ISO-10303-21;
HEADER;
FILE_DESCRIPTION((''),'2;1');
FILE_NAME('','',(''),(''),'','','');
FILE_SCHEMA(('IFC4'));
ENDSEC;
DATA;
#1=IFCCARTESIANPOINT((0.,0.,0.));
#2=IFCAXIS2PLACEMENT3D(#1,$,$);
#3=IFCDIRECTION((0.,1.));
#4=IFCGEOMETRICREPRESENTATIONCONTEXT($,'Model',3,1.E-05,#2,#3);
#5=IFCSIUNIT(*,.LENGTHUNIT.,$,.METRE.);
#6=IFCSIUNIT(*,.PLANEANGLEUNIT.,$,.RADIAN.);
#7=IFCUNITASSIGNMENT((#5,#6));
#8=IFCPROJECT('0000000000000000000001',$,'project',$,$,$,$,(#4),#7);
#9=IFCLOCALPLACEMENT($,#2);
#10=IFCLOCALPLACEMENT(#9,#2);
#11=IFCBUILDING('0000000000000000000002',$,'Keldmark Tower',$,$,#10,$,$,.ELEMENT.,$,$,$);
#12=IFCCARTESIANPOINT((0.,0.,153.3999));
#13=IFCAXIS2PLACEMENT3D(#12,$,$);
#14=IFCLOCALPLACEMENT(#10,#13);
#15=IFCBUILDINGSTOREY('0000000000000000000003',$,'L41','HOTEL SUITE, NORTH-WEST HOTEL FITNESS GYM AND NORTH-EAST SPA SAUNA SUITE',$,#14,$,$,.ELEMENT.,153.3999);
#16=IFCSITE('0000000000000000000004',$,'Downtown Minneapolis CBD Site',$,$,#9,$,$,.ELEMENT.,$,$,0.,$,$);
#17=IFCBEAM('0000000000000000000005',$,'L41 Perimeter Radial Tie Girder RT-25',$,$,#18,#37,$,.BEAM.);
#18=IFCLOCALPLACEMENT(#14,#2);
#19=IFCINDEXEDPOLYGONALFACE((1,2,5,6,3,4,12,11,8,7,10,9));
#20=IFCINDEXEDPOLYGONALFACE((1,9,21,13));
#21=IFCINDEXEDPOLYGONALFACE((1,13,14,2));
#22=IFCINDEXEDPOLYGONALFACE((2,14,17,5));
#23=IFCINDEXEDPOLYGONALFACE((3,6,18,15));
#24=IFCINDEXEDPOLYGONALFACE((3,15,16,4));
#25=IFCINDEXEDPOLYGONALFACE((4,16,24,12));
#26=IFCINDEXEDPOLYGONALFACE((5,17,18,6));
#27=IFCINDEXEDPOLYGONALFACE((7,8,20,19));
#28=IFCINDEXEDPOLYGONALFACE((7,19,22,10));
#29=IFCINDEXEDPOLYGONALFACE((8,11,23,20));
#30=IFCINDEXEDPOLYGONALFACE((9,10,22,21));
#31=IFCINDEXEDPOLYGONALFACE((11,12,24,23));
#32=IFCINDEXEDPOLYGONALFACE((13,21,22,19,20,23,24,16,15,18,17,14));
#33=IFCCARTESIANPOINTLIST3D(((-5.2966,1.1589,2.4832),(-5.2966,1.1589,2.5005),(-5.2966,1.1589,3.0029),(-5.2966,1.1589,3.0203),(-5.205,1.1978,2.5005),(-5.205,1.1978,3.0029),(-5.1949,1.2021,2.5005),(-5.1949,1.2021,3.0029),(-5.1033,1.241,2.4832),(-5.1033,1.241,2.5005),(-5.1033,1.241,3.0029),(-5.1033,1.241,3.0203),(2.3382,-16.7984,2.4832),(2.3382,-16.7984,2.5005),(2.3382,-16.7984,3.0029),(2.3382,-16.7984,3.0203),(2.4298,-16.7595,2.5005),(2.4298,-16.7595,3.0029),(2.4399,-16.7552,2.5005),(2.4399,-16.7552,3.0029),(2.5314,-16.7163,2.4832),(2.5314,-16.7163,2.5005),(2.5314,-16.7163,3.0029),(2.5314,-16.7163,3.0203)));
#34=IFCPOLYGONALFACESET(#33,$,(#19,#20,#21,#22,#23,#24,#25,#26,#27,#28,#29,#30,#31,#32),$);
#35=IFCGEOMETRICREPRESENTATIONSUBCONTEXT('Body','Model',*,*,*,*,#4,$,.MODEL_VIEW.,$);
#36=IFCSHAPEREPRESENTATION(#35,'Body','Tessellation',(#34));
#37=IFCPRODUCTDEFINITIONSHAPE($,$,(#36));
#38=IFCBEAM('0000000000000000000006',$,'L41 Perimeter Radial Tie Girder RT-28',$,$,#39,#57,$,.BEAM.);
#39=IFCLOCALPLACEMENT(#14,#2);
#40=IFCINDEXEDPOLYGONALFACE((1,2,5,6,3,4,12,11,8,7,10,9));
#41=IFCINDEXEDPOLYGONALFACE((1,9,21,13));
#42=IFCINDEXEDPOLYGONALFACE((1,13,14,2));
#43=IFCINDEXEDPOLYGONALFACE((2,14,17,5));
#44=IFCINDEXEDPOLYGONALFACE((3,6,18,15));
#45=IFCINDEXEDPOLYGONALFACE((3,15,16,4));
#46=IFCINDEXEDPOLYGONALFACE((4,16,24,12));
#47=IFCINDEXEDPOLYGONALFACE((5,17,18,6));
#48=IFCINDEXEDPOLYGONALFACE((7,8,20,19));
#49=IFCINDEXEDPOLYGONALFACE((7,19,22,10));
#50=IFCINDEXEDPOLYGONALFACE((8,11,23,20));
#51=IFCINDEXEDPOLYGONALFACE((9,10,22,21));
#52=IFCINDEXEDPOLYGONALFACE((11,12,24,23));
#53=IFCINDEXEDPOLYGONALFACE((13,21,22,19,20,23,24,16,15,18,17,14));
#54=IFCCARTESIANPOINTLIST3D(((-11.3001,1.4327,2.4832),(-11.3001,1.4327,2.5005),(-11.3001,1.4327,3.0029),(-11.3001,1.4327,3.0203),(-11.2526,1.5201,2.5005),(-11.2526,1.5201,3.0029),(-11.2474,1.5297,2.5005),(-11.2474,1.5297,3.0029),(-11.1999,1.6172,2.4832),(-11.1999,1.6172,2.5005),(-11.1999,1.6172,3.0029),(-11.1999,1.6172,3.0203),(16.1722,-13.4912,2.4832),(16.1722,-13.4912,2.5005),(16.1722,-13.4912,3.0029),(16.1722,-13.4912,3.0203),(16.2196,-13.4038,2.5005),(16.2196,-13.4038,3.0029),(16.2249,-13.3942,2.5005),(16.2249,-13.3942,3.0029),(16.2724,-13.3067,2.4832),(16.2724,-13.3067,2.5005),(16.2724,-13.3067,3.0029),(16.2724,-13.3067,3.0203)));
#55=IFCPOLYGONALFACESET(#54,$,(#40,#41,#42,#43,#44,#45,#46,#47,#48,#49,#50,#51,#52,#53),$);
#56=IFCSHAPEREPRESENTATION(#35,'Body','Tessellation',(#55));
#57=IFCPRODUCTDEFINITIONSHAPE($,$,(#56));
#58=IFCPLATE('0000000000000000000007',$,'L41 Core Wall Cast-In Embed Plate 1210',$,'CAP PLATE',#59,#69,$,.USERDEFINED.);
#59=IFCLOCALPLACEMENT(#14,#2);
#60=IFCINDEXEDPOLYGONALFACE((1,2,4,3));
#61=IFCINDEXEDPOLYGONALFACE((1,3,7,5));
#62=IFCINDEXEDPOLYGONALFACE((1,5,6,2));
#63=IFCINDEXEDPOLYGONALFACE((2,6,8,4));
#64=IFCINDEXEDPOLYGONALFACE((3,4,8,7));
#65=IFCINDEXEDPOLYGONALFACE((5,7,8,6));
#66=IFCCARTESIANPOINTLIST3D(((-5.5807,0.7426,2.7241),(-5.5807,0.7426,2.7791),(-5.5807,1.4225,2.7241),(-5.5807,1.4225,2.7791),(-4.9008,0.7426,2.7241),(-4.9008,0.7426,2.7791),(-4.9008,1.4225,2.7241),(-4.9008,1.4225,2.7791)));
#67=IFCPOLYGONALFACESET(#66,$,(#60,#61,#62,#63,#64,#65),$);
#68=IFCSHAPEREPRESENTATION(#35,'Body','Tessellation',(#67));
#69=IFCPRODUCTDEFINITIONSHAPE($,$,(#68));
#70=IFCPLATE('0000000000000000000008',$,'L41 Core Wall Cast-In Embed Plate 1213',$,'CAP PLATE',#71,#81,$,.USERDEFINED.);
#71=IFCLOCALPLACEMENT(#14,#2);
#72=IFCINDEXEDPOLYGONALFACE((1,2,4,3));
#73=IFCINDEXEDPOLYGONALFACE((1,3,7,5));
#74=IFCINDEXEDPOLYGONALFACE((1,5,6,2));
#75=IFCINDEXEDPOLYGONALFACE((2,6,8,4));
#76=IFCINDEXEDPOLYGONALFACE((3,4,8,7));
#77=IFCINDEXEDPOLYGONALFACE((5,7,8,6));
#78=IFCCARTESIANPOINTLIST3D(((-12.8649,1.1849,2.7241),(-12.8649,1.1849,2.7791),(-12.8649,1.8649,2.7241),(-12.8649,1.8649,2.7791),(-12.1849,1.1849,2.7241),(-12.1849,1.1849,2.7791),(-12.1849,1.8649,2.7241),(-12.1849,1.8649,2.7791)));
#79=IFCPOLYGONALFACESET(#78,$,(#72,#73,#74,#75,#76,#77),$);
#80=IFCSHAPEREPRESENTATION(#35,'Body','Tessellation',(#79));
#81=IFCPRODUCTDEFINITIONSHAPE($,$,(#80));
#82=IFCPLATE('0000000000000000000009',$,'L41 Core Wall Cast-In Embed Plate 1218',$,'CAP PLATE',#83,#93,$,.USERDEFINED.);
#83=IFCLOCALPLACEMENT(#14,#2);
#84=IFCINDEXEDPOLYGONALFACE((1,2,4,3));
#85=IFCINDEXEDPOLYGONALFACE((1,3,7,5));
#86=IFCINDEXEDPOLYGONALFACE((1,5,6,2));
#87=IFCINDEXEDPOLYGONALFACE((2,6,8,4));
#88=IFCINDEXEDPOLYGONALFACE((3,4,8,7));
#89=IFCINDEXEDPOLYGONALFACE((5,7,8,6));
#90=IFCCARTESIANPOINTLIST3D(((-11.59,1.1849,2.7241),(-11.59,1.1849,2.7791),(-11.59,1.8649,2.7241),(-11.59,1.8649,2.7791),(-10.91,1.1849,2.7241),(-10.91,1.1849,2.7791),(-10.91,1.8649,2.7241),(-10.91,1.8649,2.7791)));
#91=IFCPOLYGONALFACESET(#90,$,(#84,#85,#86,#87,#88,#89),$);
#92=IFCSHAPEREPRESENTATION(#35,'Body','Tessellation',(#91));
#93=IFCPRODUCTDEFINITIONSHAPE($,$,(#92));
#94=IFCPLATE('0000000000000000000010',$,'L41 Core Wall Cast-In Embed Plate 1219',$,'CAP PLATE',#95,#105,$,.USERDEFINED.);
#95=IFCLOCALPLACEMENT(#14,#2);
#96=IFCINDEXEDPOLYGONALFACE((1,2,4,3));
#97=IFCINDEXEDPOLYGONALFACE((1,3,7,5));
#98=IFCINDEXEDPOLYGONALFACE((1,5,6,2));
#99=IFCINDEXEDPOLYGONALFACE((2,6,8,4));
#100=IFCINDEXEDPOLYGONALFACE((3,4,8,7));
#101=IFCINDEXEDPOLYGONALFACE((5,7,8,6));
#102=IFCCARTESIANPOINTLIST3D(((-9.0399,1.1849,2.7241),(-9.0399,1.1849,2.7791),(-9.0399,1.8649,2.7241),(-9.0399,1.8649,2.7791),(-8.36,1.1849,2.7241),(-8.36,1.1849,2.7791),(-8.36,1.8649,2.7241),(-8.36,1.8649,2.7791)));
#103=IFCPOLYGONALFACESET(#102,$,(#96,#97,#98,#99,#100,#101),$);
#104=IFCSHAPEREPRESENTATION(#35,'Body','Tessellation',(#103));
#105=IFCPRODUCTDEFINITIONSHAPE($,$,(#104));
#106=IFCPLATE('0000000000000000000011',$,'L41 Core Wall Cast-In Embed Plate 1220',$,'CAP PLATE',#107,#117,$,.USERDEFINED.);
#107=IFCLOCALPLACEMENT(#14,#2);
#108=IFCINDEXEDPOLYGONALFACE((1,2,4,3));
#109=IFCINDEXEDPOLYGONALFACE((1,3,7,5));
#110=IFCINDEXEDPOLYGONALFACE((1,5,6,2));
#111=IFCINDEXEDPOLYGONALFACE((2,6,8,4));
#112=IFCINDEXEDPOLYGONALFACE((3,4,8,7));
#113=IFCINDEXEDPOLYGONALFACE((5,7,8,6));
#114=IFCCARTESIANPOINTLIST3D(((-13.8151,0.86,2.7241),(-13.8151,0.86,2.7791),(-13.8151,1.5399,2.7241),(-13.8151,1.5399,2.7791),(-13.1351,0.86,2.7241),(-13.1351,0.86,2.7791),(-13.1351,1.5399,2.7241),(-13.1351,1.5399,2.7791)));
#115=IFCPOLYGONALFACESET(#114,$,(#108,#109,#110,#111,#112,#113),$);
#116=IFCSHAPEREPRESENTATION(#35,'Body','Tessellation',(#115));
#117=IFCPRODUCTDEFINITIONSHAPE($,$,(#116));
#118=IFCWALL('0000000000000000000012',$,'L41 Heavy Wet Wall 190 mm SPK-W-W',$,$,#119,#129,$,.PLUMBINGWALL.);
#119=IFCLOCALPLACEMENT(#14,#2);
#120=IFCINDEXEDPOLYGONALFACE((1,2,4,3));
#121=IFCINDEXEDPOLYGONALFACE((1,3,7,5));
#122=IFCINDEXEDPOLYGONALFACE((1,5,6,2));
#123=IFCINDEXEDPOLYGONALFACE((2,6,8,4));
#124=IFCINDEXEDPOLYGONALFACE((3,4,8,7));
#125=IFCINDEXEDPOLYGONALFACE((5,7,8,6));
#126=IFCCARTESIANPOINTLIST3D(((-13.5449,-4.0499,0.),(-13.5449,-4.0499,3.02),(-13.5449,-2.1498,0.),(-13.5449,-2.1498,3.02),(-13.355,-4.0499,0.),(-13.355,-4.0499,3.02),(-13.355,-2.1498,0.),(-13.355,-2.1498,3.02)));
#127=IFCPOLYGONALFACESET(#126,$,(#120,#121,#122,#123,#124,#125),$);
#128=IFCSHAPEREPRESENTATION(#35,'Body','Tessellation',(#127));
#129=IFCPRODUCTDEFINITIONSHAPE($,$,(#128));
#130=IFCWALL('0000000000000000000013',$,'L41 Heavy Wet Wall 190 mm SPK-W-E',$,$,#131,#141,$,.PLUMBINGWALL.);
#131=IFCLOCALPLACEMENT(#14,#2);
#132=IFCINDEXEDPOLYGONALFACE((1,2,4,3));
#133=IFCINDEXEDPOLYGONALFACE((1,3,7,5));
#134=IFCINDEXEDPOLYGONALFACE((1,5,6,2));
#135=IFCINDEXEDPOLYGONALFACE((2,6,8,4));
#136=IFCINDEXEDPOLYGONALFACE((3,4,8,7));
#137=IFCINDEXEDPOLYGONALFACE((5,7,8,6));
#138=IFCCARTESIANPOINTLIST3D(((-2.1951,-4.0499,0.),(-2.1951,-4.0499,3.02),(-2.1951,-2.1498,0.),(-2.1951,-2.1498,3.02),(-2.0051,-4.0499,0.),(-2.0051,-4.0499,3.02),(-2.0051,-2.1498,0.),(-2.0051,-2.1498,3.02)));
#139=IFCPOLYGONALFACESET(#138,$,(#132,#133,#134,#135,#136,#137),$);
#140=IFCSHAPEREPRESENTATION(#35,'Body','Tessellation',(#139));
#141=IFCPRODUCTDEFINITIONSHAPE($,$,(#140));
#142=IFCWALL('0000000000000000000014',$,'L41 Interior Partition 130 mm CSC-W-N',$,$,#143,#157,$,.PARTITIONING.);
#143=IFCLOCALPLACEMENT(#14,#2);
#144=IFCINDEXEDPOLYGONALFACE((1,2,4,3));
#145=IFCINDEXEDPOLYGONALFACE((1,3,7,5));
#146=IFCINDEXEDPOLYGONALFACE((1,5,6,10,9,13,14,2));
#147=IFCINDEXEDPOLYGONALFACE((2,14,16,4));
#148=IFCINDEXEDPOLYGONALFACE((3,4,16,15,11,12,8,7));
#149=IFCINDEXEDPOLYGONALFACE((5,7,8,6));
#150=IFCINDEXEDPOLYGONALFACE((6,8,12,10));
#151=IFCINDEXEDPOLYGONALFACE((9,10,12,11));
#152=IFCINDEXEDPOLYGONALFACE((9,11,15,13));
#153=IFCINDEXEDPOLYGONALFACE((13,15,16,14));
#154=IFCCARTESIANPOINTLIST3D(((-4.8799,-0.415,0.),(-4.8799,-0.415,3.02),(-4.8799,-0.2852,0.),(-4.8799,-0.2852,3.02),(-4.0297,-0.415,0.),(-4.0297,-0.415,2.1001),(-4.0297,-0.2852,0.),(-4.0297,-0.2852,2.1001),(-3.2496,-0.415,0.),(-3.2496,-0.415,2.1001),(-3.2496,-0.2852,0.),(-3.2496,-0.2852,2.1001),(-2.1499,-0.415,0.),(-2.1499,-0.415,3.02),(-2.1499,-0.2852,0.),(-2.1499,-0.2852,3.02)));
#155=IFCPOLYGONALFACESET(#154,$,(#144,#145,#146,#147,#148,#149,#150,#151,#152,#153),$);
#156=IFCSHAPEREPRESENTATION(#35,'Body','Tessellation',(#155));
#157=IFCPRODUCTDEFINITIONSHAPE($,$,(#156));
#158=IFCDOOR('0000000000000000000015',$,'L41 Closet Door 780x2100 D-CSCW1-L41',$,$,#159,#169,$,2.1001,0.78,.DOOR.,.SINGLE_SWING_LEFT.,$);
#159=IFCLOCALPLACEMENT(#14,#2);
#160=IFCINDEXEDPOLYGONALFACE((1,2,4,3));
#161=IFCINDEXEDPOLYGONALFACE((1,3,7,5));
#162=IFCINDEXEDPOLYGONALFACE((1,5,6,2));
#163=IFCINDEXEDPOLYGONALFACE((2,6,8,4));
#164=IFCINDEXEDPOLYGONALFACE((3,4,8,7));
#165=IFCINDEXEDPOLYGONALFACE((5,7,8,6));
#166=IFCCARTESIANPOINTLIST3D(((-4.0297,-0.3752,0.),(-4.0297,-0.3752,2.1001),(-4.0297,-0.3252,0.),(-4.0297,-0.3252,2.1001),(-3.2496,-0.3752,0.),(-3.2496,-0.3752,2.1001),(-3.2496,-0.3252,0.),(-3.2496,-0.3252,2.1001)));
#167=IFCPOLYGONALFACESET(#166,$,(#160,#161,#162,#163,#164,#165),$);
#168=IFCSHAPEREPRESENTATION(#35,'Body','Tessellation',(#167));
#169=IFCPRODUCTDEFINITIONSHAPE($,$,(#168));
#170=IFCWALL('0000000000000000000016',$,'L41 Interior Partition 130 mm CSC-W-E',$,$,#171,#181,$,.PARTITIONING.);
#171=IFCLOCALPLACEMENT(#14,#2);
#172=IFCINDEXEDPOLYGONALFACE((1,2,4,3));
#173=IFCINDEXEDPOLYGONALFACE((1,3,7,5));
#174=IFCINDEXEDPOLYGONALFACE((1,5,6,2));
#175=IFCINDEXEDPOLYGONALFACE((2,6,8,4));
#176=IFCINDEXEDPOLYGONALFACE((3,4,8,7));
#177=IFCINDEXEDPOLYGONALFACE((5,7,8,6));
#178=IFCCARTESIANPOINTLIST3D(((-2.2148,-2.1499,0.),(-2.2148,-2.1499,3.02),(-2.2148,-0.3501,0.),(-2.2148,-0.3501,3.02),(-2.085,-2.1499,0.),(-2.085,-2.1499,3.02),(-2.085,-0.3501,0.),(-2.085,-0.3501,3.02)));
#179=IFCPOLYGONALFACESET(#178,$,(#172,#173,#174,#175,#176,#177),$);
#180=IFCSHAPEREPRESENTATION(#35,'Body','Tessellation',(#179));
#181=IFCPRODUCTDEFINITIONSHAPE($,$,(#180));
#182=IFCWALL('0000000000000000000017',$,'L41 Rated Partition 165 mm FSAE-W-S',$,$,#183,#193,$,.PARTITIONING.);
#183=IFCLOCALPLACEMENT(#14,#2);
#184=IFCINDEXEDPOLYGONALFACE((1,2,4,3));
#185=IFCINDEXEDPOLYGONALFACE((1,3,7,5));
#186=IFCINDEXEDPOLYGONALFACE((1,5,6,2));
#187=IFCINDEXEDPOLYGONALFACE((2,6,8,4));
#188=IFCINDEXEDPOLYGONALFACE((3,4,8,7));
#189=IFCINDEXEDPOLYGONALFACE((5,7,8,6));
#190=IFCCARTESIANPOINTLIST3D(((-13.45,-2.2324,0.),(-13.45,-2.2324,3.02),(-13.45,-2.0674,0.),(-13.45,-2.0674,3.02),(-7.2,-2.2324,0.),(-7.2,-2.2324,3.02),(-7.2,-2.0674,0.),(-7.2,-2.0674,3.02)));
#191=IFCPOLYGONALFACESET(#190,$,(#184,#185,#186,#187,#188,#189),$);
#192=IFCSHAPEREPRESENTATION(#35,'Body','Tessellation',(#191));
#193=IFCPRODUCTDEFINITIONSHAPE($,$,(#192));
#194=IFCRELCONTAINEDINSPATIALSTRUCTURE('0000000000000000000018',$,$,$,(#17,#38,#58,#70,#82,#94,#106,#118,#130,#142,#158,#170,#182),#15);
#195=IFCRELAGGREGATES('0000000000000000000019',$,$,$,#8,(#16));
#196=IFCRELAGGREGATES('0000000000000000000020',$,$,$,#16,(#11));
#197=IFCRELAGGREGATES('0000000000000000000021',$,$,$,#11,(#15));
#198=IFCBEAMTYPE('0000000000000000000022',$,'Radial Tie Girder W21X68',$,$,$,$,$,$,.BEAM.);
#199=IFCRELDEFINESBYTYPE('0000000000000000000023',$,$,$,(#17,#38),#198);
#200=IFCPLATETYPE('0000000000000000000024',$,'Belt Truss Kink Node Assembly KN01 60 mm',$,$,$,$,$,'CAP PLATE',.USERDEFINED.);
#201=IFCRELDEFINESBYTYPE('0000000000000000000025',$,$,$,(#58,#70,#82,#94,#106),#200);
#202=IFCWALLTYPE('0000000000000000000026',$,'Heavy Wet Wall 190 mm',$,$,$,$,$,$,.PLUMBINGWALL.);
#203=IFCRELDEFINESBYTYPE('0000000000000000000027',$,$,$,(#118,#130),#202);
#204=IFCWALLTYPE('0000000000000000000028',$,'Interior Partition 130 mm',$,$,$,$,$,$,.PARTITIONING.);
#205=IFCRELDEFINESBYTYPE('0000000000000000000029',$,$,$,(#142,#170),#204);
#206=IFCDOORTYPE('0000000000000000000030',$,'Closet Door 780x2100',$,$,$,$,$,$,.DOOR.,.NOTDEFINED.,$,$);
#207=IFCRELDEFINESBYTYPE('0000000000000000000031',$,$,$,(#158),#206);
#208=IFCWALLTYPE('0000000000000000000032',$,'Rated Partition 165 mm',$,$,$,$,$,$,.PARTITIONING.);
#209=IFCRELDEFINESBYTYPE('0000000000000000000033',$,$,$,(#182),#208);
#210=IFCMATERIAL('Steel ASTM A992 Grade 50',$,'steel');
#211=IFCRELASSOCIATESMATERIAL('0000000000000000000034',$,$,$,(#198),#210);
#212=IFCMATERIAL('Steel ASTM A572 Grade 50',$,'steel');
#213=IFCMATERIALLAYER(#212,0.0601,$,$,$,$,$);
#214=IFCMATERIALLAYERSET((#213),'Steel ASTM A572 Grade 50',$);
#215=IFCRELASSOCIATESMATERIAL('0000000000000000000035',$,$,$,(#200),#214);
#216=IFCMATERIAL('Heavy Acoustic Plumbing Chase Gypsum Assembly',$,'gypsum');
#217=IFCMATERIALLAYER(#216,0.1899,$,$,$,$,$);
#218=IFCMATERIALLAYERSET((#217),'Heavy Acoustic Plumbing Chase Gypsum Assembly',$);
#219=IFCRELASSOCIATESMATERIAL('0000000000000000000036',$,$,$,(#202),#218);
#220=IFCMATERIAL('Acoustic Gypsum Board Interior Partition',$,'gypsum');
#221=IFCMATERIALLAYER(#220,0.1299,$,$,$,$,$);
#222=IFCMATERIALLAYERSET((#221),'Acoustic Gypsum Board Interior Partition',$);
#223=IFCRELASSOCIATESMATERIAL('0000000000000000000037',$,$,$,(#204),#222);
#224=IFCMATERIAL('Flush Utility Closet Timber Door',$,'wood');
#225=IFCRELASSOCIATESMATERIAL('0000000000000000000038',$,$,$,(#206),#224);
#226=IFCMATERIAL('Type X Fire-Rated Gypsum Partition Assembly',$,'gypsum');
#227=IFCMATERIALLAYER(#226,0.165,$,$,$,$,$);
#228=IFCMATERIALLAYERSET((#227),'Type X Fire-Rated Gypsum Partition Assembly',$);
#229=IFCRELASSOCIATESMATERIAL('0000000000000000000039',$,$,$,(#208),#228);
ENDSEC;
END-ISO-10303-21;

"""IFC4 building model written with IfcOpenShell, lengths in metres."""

from ifc_helpers import new_model, si_unit, direction, frame, frame_2d, origin, origin_2d, place, context, subcontext, project, spatial, rectangle, i_section, extrude, material, layer, layer_set, material_profile, profile_set, type_object, element, fill, save


model = new_model("IFC4")

# Units and contexts
model_context = context("Model", 3, precision=1e-05, world=origin(), true_north=direction((0.0, 1.0)))
body_context = subcontext(model_context, "Body", "Model", "MODEL_VIEW")
ifc_project = project(units=[si_unit("LENGTHUNIT", "METRE"), si_unit("PLANEANGLEUNIT", "RADIAN")], contexts=[model_context])

# Site, building, storey
site_placement = place(None, origin())
site = spatial("IfcSite", under=ifc_project, at=site_placement, Name="Downtown Minneapolis CBD Site", CompositionType="ELEMENT", RefElevation=0.0)
building_placement = place(site_placement, origin())
building = spatial("IfcBuilding", under=site, at=building_placement, Name="Keldmark Tower", CompositionType="ELEMENT")
storey_placement = place(building_placement, frame((0.0, 0.0, 153.3999)))
storey = spatial("IfcBuildingStorey", under=building, at=storey_placement, Name="L41", Description="HOTEL SUITE, NORTH-WEST HOTEL FITNESS GYM AND NORTH-EAST SPA SAUNA SUITE", CompositionType="ELEMENT", Elevation=153.3999)

# Beams
ifc_material_1 = material(Name="Steel ASTM A992 Grade 50", Category="steel")
ifc_material_profile_1 = material_profile(ifc_material_1, i_section(OverallWidth=0.21, OverallDepth=0.5371, WebThickness=0.011, FlangeThickness=0.0173, at=origin_2d()), Name="W21X68")
ifc_profile_set_1 = profile_set([ifc_material_profile_1], Name="Steel ASTM A992 Grade 50")
beam_type = type_object("IfcBeamType", Name="Radial Tie Girder W21X68", PredefinedType="BEAM", material=ifc_profile_set_1)
beam_1_placement = place(storey_placement, frame((-5.2, 1.2, 2.7517), z_axis=(0.391268, -0.920277, 0.0), x_axis=(0.920277, 0.391268, 0.0)))
element("IfcBeam", 1, at=beam_1_placement, inside=storey, type_object=beam_type, Name="L41 Perimeter Radial Tie Girder RT-25", PredefinedType="BEAM", context=body_context, shape_type="SweptSolid", body=[
    extrude(i_section(OverallWidth=0.21, OverallDepth=0.5371, WebThickness=0.011, FlangeThickness=0.0173, at=origin_2d()), origin(), (0.0, 0.0, 1.0), 19.5129),
])
beam_2_placement = place(storey_placement, frame((-11.25, 1.5249, 2.7517), z_axis=(0.878714, -0.477348, 0.0), x_axis=(0.477348, 0.878714, 0.0)))
element("IfcBeam", 2, at=beam_2_placement, inside=storey, type_object=beam_type, Name="L41 Perimeter Radial Tie Girder RT-28", PredefinedType="BEAM", context=body_context, shape_type="SweptSolid", body=[
    extrude(i_section(OverallWidth=0.21, OverallDepth=0.5371, WebThickness=0.011, FlangeThickness=0.0173, at=origin_2d()), origin(), (0.0, 0.0, 1.0), 31.2642),
])

# Plates
ifc_material_2 = material(Name="Steel ASTM A572 Grade 50", Category="steel")
ifc_layer_1 = layer(ifc_material_2, 0.0601)
ifc_layer_set_1 = layer_set([ifc_layer_1], Name="Steel ASTM A572 Grade 50")
plate_type = type_object("IfcPlateType", Name="Belt Truss Kink Node Assembly KN01 60 mm", ElementType="CAP PLATE", PredefinedType="USERDEFINED", material=ifc_layer_set_1)
for number, where, z_axis, x_axis, name in (
    (3, (-5.2407, 1.0825, 2.7241), (0.0, 0.0, 1.0), (1.0, 0.0, 0.0), "L41 Core Wall Cast-In Embed Plate 1210"),
    (4, (-12.5249, 1.5249, 2.7241), (0.0, 0.0, 1.0), (1.0, 0.0, 0.0), "L41 Core Wall Cast-In Embed Plate 1213"),
    (5, (-11.25, 1.5249, 2.7241), (0.0, 0.0, 1.0), (1.0, 0.0, 0.0), "L41 Core Wall Cast-In Embed Plate 1218"),
    (6, (-8.7, 1.5249, 2.7241), (0.0, 0.0, 1.0), (1.0, 0.0, 0.0), "L41 Core Wall Cast-In Embed Plate 1219"),
    (7, (-13.4751, 1.2, 2.7241), (0.0, 0.0, 1.0), (1.0, 0.0, 0.0), "L41 Core Wall Cast-In Embed Plate 1220"),
):
    element("IfcPlate", number, at=place(storey_placement, frame(where, z_axis=z_axis, x_axis=x_axis)), inside=storey, type_object=plate_type, Name=name, ObjectType="CAP PLATE", PredefinedType="USERDEFINED", context=body_context, shape_type="SweptSolid", body=[
        extrude(rectangle(XDim=0.6799, YDim=0.6799, at=origin_2d()), origin(), (0.0, 0.0, 1.0), 0.0549),
    ])

# Walls
ifc_material_3 = material(Name="Heavy Acoustic Plumbing Chase Gypsum Assembly", Category="gypsum")
ifc_layer_2 = layer(ifc_material_3, 0.1899)
ifc_layer_set_2 = layer_set([ifc_layer_2], Name="Heavy Acoustic Plumbing Chase Gypsum Assembly")
wall_type_1 = type_object("IfcWallType", Name="Heavy Wet Wall 190 mm", PredefinedType="PLUMBINGWALL", material=ifc_layer_set_2)
for number, where, z_axis, x_axis, name in (
    (8, (-13.45, -4.05, 0.0), (0.0, 0.0, 1.0), (0.0, 1.0, 0.0), "L41 Heavy Wet Wall 190 mm SPK-W-W"),
    (9, (-2.1001, -4.05, 0.0), (0.0, 0.0, 1.0), (0.0, 1.0, 0.0), "L41 Heavy Wet Wall 190 mm SPK-W-E"),
):
    element("IfcWall", number, at=place(storey_placement, frame(where, z_axis=z_axis, x_axis=x_axis)), inside=storey, type_object=wall_type_1, Name=name, PredefinedType="PLUMBINGWALL", context=body_context, shape_type="SweptSolid", body=[
        extrude(rectangle(XDim=1.9001, YDim=0.1899, at=frame_2d((0.9502, 0.0))), origin(), (0.0, 0.0, 1.0), 3.02),
    ])

# Wall, opening, door
ifc_material_4 = material(Name="Acoustic Gypsum Board Interior Partition", Category="gypsum")
ifc_layer_3 = layer(ifc_material_4, 0.1299)
ifc_layer_set_3 = layer_set([ifc_layer_3], Name="Acoustic Gypsum Board Interior Partition")
wall_type_2 = type_object("IfcWallType", Name="Interior Partition 130 mm", PredefinedType="PARTITIONING", material=ifc_layer_set_3)
wall_1_placement = place(storey_placement, frame((-4.8799, -0.3501, 0.0), z_axis=(0.0, 0.0, 1.0), x_axis=(1.0, 0.0, 0.0)))
wall_1 = element("IfcWall", 10, at=wall_1_placement, inside=storey, type_object=wall_type_2, Name="L41 Interior Partition 130 mm CSC-W-N", PredefinedType="PARTITIONING", context=body_context, shape_type="SweptSolid", body=[
    extrude(rectangle(XDim=2.73, YDim=0.1299, at=frame_2d((1.365, 0.0))), origin(), (0.0, 0.0, 1.0), 3.02),
])
opening_1_placement = place(wall_1_placement, frame((0.8501, 0.0, 0.0)))
opening_1 = element("IfcOpeningElement", 11, at=opening_1_placement, cuts=wall_1, PredefinedType="OPENING", context=body_context, shape_type="SweptSolid", body=[
    extrude(rectangle(XDim=0.78, YDim=2.1001, at=frame_2d((0.3901, 1.05))), frame((0.0, 0.075, 0.0), z_axis=(0.0, -1.0, 0.0), x_axis=(1.0, 0.0, 0.0)), (0.0, 0.0, 1.0), 0.1499),
])
ifc_material_5 = material(Name="Flush Utility Closet Timber Door", Category="wood")
door_type_1 = type_object("IfcDoorType", Name="Closet Door 780x2100", OperationType="NOTDEFINED", PredefinedType="DOOR", material=ifc_material_5)
door_1_placement = place(opening_1_placement, origin())
door_1 = element("IfcDoor", 12, at=door_1_placement, inside=storey, type_object=door_type_1, Name="L41 Closet Door 780x2100 D-CSCW1-L41", OperationType="SINGLE_SWING_LEFT", OverallHeight=2.1001, OverallWidth=0.78, PredefinedType="DOOR", context=body_context, shape_type="SweptSolid", body=[
    extrude(rectangle(XDim=0.78, YDim=2.1001, at=frame_2d((0.3901, 1.05))), frame((0.0, 0.0249, 0.0), z_axis=(0.0, -1.0, 0.0), x_axis=(1.0, 0.0, 0.0)), (0.0, 0.0, 1.0), 0.05),
])
fill(opening_1, door_1)

# Walls
wall_2_placement = place(storey_placement, frame((-2.1499, -2.1499, 0.0), z_axis=(0.0, 0.0, 1.0), x_axis=(0.0, 1.0, 0.0)))
element("IfcWall", 13, at=wall_2_placement, inside=storey, type_object=wall_type_2, Name="L41 Interior Partition 130 mm CSC-W-E", PredefinedType="PARTITIONING", context=body_context, shape_type="SweptSolid", body=[
    extrude(rectangle(XDim=1.7998, YDim=0.1299, at=frame_2d((0.8999, 0.0))), origin(), (0.0, 0.0, 1.0), 3.02),
])
ifc_material_6 = material(Name="Type X Fire-Rated Gypsum Partition Assembly", Category="gypsum")
ifc_layer_4 = layer(ifc_material_6, 0.165)
ifc_layer_set_4 = layer_set([ifc_layer_4], Name="Type X Fire-Rated Gypsum Partition Assembly")
wall_type_3 = type_object("IfcWallType", Name="Rated Partition 165 mm", PredefinedType="PARTITIONING", material=ifc_layer_set_4)
wall_3_placement = place(storey_placement, frame((-13.45, -2.1499, 0.0), z_axis=(0.0, 0.0, 1.0), x_axis=(1.0, 0.0, 0.0)))
element("IfcWall", 14, at=wall_3_placement, inside=storey, type_object=wall_type_3, Name="L41 Rated Partition 165 mm FSAE-W-S", PredefinedType="PARTITIONING", context=body_context, shape_type="SweptSolid", body=[
    extrude(rectangle(XDim=6.25, YDim=0.165, at=frame_2d((3.125, 0.0))), origin(), (0.0, 0.0, 1.0), 3.02),
])

save(model, "model.ifc")
